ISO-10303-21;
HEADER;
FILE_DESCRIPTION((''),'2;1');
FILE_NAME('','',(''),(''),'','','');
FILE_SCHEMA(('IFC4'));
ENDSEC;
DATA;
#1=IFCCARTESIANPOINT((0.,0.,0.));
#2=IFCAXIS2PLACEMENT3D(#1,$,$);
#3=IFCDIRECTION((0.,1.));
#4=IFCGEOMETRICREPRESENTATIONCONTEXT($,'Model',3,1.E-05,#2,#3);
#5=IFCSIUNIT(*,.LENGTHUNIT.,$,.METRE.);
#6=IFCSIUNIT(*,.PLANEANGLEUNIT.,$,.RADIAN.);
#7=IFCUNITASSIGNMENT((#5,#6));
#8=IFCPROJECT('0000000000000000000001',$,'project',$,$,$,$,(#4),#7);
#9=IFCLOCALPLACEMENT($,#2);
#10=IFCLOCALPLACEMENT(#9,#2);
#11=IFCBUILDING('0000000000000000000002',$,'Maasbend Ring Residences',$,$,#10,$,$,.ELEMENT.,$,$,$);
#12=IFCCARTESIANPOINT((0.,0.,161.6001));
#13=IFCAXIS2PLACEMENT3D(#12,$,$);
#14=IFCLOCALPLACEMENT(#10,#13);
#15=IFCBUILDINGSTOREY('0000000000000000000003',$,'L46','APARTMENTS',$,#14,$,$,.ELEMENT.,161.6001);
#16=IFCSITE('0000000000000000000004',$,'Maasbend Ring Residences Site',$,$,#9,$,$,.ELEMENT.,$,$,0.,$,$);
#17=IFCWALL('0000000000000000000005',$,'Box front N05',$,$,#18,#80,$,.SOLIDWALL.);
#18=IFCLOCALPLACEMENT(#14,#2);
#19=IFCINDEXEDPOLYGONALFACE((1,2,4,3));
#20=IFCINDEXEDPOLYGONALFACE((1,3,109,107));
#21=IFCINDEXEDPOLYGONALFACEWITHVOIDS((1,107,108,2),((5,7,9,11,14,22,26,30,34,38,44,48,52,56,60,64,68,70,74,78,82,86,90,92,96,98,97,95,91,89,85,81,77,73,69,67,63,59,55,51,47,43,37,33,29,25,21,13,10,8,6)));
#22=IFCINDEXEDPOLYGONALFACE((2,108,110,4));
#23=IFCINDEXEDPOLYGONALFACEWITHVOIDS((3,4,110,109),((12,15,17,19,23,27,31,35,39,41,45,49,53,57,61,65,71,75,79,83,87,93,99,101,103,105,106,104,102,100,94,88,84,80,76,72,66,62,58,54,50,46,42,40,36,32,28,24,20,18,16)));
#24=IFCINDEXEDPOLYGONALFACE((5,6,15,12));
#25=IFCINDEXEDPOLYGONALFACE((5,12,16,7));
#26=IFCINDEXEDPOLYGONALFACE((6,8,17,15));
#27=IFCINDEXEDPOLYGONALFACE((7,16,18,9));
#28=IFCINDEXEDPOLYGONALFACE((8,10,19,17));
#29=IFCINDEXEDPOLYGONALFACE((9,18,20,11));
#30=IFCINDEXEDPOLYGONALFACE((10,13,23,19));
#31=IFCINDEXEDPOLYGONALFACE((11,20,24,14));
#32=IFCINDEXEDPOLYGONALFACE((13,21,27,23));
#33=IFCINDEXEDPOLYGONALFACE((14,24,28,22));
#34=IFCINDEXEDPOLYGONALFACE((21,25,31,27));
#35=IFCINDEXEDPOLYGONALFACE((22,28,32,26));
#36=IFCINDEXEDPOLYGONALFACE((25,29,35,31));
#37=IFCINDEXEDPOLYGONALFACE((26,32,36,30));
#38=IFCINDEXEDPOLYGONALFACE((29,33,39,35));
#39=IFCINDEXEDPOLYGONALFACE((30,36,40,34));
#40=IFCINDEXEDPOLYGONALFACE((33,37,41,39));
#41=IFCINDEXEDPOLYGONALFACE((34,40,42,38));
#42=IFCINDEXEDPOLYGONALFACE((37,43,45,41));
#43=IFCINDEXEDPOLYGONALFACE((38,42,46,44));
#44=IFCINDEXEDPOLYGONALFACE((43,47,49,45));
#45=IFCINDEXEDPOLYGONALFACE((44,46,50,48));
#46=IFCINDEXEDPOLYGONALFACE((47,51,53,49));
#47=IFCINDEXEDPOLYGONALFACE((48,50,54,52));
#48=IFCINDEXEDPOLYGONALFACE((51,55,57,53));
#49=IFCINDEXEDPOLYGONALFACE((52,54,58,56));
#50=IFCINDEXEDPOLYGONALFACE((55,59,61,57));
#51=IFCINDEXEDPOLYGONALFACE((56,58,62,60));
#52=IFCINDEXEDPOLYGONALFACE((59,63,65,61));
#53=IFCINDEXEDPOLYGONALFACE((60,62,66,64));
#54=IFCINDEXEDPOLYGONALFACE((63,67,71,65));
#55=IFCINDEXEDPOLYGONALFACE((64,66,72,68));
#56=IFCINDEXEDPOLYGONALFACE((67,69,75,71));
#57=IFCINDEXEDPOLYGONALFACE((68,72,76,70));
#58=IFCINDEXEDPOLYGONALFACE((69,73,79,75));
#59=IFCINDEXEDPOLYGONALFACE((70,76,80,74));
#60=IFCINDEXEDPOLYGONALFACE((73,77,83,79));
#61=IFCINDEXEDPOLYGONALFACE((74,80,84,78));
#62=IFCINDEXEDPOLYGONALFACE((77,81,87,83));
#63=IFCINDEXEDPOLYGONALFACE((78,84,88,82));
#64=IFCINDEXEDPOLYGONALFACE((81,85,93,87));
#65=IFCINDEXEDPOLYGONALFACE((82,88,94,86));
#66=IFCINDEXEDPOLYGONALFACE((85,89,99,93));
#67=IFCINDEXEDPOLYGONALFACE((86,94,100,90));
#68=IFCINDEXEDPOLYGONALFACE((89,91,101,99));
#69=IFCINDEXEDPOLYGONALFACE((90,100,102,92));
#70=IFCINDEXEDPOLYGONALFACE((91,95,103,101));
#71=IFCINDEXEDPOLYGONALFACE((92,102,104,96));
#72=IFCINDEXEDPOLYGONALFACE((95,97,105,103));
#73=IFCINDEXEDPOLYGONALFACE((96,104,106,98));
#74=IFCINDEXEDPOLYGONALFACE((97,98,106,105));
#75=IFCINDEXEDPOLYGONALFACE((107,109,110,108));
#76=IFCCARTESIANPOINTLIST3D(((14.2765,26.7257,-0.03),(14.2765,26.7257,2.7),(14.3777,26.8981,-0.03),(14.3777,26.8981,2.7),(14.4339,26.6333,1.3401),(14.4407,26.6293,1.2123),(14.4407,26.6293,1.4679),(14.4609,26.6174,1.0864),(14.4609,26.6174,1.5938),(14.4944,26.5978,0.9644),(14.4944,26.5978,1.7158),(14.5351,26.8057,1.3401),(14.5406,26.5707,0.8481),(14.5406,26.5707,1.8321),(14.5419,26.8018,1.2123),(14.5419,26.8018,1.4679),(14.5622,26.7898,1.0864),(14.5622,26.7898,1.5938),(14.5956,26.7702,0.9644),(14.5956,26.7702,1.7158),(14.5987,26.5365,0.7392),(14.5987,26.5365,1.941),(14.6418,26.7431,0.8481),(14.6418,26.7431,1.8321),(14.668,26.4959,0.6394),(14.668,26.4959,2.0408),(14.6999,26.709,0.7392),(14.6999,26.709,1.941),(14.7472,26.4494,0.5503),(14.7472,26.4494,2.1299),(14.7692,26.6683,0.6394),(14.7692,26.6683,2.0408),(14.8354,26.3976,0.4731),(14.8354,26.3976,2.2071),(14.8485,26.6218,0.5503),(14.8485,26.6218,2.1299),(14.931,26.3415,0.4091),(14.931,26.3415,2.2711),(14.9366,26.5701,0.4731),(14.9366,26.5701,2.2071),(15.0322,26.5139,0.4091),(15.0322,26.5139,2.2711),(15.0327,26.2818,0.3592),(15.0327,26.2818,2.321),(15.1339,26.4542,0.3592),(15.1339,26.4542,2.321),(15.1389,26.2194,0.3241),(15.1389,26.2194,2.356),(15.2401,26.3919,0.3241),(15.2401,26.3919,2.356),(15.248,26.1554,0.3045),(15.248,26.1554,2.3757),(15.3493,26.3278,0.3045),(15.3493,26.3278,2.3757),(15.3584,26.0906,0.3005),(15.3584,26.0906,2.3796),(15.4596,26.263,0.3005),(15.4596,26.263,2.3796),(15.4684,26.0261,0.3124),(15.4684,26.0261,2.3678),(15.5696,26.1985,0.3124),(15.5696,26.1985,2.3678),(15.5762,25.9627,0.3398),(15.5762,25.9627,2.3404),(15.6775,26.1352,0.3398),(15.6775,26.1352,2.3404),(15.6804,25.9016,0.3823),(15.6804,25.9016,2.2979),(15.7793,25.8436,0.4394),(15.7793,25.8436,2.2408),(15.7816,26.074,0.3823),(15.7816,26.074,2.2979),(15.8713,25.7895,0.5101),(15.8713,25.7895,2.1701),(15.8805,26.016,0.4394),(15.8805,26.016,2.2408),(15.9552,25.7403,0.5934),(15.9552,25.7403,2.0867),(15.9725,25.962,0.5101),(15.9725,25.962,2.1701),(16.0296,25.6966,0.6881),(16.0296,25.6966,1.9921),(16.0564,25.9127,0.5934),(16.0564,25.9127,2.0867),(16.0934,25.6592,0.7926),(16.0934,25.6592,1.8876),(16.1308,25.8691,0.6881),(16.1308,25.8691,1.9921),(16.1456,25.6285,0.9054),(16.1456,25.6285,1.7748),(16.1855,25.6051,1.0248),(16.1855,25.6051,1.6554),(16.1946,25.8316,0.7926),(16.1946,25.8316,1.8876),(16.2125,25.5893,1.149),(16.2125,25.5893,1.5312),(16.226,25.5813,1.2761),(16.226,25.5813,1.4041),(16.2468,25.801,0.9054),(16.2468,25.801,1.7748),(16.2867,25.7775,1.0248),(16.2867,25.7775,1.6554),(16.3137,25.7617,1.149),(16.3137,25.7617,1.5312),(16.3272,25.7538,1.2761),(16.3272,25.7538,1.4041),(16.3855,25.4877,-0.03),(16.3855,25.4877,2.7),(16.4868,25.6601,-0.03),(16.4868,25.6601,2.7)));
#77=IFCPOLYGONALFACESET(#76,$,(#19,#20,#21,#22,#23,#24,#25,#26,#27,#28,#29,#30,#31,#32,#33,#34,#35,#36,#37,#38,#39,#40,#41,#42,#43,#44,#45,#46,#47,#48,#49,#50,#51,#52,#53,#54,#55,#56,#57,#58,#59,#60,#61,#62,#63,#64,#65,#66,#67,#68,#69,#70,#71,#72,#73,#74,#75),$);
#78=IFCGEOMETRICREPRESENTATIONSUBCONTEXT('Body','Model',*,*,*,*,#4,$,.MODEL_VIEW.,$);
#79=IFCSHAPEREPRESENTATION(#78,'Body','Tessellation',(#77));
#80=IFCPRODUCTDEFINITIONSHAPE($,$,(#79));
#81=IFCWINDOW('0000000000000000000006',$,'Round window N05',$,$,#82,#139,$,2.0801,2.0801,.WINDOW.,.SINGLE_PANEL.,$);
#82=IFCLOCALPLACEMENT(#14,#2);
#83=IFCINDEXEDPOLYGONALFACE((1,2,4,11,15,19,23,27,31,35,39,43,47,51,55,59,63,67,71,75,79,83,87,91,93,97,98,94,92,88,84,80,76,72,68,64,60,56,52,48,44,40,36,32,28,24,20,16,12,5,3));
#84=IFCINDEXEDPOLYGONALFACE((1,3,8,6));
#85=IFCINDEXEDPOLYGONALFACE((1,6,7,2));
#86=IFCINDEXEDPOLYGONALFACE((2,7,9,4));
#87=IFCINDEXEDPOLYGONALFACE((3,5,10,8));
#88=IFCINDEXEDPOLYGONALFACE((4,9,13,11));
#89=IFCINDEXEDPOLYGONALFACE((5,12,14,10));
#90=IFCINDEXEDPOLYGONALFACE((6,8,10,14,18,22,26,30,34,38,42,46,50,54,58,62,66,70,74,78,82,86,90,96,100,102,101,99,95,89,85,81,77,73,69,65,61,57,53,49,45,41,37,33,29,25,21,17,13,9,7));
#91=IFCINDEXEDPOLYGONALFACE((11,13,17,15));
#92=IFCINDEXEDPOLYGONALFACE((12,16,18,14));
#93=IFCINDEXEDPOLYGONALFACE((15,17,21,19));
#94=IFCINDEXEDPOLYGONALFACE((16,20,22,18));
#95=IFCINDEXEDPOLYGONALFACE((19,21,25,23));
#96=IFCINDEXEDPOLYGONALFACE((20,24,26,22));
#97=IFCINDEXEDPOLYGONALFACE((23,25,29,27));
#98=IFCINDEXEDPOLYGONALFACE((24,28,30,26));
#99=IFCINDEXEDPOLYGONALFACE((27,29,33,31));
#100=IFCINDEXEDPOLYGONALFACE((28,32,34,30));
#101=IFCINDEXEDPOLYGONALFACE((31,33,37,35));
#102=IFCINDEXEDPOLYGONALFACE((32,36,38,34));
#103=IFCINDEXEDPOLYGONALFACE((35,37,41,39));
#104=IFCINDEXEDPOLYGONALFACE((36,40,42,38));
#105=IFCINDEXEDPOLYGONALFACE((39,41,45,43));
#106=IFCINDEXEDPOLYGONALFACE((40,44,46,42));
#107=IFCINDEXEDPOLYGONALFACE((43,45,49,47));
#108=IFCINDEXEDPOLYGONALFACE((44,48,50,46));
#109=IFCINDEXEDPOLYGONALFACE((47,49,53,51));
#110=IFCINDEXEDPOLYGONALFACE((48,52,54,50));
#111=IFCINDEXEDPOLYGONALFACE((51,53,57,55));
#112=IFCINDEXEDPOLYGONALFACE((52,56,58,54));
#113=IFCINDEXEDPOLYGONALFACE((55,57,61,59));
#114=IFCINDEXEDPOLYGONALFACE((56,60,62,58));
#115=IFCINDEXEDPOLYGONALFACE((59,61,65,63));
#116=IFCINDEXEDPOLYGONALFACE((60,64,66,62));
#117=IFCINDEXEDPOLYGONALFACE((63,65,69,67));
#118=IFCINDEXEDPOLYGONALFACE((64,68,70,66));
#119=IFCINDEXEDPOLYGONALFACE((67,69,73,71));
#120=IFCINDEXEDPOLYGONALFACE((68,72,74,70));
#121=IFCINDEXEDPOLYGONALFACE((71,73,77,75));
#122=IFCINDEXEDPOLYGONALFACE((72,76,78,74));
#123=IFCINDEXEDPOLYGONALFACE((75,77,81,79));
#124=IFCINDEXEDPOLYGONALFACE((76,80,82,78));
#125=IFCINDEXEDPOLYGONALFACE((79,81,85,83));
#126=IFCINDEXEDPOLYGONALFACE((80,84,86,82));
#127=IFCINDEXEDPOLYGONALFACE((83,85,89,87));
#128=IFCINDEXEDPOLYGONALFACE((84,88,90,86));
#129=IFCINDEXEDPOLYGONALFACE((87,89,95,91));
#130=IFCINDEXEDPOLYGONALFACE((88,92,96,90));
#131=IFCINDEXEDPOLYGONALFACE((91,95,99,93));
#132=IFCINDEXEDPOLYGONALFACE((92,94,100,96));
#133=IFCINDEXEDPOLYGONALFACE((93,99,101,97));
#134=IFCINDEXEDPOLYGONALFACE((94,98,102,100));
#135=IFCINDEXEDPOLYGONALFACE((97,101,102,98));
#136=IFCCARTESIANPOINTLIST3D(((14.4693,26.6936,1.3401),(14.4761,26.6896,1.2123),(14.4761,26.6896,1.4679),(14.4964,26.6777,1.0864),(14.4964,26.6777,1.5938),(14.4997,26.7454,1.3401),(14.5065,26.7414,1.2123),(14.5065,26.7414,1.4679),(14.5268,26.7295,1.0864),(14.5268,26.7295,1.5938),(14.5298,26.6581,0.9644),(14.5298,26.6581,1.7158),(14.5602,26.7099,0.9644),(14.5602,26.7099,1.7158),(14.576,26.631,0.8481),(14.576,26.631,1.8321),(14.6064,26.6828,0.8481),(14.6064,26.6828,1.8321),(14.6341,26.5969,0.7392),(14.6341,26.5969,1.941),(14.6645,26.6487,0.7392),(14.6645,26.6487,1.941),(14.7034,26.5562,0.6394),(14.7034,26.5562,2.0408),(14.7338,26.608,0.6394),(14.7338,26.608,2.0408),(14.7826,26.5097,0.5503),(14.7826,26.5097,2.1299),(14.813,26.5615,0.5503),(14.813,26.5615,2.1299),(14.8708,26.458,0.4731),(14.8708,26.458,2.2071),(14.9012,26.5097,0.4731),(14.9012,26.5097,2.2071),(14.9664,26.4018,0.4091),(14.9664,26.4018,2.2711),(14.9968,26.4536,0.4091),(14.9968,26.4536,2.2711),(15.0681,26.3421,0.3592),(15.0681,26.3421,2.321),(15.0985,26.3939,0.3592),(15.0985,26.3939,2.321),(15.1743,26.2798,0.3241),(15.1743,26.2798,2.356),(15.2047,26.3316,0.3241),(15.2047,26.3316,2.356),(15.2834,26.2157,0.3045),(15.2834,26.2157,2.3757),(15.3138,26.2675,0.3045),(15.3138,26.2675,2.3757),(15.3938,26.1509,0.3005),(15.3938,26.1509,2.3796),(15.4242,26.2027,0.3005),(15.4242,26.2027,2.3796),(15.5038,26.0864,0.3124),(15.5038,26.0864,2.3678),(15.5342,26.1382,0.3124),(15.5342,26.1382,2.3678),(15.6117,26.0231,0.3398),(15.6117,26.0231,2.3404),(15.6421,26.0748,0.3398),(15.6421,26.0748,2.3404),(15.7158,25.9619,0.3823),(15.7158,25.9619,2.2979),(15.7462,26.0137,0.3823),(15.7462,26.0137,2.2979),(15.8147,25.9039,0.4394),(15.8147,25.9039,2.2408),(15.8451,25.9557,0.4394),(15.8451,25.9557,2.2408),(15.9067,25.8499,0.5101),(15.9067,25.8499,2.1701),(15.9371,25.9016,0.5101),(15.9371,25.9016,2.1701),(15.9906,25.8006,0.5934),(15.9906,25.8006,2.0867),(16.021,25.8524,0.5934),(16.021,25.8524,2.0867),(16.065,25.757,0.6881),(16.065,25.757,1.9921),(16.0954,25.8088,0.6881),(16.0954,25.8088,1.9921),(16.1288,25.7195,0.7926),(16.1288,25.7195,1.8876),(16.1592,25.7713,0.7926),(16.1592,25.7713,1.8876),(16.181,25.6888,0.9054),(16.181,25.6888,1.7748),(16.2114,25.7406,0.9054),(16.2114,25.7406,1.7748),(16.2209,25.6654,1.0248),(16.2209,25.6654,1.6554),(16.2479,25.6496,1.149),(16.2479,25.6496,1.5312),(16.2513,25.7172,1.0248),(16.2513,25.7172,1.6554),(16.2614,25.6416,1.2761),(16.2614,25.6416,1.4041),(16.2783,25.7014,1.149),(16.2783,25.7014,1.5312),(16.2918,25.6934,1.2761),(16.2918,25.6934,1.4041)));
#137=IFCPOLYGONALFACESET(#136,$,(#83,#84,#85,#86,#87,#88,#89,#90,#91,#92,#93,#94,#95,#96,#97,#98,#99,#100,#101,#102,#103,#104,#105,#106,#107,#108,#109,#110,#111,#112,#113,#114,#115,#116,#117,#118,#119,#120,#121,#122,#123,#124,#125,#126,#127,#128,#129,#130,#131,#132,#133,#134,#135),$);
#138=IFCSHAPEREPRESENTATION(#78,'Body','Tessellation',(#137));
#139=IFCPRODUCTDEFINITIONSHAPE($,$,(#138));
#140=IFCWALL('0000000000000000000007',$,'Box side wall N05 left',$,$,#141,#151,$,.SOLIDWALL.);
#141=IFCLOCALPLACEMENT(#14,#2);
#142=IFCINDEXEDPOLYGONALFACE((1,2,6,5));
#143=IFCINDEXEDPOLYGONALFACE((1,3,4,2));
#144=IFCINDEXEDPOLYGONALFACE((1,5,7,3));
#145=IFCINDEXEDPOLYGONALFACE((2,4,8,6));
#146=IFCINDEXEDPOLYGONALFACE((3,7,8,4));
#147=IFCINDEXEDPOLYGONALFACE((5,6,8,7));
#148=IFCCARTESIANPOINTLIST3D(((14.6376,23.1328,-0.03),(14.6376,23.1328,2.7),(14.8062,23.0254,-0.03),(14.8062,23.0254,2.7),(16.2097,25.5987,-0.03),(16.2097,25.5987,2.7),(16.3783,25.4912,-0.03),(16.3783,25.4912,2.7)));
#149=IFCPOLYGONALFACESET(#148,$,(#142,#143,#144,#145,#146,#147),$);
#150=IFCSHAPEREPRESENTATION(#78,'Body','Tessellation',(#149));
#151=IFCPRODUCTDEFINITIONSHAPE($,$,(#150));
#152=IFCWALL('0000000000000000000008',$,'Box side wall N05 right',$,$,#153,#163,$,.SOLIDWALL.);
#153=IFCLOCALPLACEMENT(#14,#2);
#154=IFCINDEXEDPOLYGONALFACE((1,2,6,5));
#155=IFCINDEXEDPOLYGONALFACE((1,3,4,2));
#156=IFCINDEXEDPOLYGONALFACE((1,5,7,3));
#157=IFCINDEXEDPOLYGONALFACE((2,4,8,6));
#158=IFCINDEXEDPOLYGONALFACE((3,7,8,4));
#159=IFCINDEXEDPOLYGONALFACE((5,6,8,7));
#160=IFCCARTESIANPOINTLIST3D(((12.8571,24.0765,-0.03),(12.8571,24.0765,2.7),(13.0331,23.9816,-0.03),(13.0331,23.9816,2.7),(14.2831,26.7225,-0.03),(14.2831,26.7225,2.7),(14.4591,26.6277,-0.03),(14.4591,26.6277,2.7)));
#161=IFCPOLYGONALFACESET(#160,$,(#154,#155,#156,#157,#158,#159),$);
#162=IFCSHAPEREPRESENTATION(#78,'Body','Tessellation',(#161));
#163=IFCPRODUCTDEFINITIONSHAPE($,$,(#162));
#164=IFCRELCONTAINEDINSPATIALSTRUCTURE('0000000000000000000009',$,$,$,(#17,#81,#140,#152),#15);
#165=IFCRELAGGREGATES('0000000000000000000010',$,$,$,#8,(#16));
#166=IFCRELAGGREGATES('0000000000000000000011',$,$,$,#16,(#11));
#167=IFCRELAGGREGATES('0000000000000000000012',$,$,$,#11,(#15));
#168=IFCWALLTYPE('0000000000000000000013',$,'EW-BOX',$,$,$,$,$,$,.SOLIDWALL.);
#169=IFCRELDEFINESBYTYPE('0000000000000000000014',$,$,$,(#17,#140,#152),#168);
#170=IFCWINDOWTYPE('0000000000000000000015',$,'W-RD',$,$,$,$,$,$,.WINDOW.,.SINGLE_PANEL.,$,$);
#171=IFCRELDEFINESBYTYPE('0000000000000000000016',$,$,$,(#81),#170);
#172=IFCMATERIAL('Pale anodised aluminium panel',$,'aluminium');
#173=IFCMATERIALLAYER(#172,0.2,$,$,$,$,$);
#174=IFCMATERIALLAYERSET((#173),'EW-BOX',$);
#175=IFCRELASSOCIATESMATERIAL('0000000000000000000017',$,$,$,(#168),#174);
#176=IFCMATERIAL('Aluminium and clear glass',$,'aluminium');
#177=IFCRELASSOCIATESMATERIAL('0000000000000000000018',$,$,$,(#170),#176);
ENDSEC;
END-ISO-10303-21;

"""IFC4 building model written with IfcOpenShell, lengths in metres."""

from ifc_helpers import new_model, si_unit, direction, frame, frame_2d, origin, place, context, subcontext, project, spatial, rectangle, circle, extrude, material, layer, layer_set, type_object, element, fill, save


model = new_model("IFC4")

# Units and contexts
model_context = context("Model", 3, precision=1e-05, world=origin(), true_north=direction((0.0, 1.0)))
body_context = subcontext(model_context, "Body", "Model", "MODEL_VIEW")
ifc_project = project(units=[si_unit("LENGTHUNIT", "METRE"), si_unit("PLANEANGLEUNIT", "RADIAN")], contexts=[model_context])

# Site, building, storey
site_placement = place(None, origin())
site = spatial("IfcSite", under=ifc_project, at=site_placement, Name="Maasbend Ring Residences Site", CompositionType="ELEMENT", RefElevation=0.0)
building_placement = place(site_placement, origin())
building = spatial("IfcBuilding", under=site, at=building_placement, Name="Maasbend Ring Residences", CompositionType="ELEMENT")
storey_placement = place(building_placement, frame((0.0, 0.0, 161.6001)))
storey = spatial("IfcBuildingStorey", under=building, at=storey_placement, Name="L46", Description="APARTMENTS", CompositionType="ELEMENT", Elevation=161.6001)

# Shared definitions
ifc_material_1 = material(Name="Pale anodised aluminium panel", Category="aluminium")
ifc_layer_1 = layer(ifc_material_1, 0.2)
ifc_layer_set_1 = layer_set([ifc_layer_1], Name="EW-BOX")
wall_type_1 = type_object("IfcWallType", Name="EW-BOX", PredefinedType="SOLIDWALL", material=ifc_layer_set_1)
ifc_material_2 = material(Name="Aluminium and clear glass", Category="aluminium")
window_type_1 = type_object("IfcWindowType", Name="W-RD", PartitioningType="SINGLE_PANEL", PredefinedType="WINDOW", material=ifc_material_2)

# Wall, opening, window
wall_1_placement = place(storey_placement, frame((16.436, 25.574, -0.03), z_axis=(0.0, 0.0, 1.0), x_axis=(-0.862403, 0.506222, 0.0)))
wall_1 = element("IfcWall", 1, at=wall_1_placement, inside=storey, type_object=wall_type_1, Name="Box front N05", PredefinedType="SOLIDWALL", context=body_context, shape_type="SweptSolid", body=[
    extrude(rectangle(XDim=2.4456, YDim=0.2, at=frame_2d((1.2227, 0.0))), origin(), (0.0, 0.0, 1.0), 2.73),
])
opening_1_placement = place(wall_1_placement, frame((0.1829, 0.0, 0.3301)))
opening_1 = element("IfcOpeningElement", 2, at=opening_1_placement, cuts=wall_1, PredefinedType="OPENING", context=body_context, shape_type="SweptSolid", body=[
    extrude(circle(Radius=1.04, at=frame_2d((1.04, 1.04))), frame((0.0, 0.1099, 0.0), z_axis=(0.0, -1.0, 0.0), x_axis=(1.0, 0.0, 0.0)), (0.0, 0.0, 1.0), 0.22),
])
window_1_placement = place(opening_1_placement, origin())
window_1 = element("IfcWindow", 3, at=window_1_placement, inside=storey, type_object=window_type_1, Name="Round window N05", OverallHeight=2.0801, OverallWidth=2.0801, PartitioningType="SINGLE_PANEL", PredefinedType="WINDOW", context=body_context, shape_type="SweptSolid", body=[
    extrude(circle(Radius=1.04, at=frame_2d((1.04, 1.04))), frame((0.0, 0.03, 0.0), z_axis=(0.0, -1.0, 0.0), x_axis=(1.0, 0.0, 0.0)), (0.0, 0.0, 1.0), 0.0601),
])
fill(opening_1, window_1)

# Walls
wall_2_placement = place(storey_placement, frame((14.7219, 23.0791, -0.03), z_axis=(0.0, 0.0, 1.0), x_axis=(0.537572, 0.843218, 0.0)))
element("IfcWall", 4, at=wall_2_placement, inside=storey, type_object=wall_type_1, Name="Box side wall N05 left", PredefinedType="SOLIDWALL", context=body_context, shape_type="SweptSolid", body=[
    extrude(rectangle(XDim=2.9243, YDim=0.2, at=frame_2d((1.4622, 0.0))), origin(), (0.0, 0.0, 1.0), 2.73),
])
wall_3_placement = place(storey_placement, frame((12.9451, 24.0291, -0.03), z_axis=(0.0, 0.0, 1.0), x_axis=(0.474424, 0.880296, 0.0)))
element("IfcWall", 5, at=wall_3_placement, inside=storey, type_object=wall_type_1, Name="Box side wall N05 right", PredefinedType="SOLIDWALL", context=body_context, shape_type="SweptSolid", body=[
    extrude(rectangle(XDim=3.0059, YDim=0.2, at=frame_2d((1.5029, 0.0))), origin(), (0.0, 0.0, 1.0), 2.73),
])

save(model, "model.ifc")
